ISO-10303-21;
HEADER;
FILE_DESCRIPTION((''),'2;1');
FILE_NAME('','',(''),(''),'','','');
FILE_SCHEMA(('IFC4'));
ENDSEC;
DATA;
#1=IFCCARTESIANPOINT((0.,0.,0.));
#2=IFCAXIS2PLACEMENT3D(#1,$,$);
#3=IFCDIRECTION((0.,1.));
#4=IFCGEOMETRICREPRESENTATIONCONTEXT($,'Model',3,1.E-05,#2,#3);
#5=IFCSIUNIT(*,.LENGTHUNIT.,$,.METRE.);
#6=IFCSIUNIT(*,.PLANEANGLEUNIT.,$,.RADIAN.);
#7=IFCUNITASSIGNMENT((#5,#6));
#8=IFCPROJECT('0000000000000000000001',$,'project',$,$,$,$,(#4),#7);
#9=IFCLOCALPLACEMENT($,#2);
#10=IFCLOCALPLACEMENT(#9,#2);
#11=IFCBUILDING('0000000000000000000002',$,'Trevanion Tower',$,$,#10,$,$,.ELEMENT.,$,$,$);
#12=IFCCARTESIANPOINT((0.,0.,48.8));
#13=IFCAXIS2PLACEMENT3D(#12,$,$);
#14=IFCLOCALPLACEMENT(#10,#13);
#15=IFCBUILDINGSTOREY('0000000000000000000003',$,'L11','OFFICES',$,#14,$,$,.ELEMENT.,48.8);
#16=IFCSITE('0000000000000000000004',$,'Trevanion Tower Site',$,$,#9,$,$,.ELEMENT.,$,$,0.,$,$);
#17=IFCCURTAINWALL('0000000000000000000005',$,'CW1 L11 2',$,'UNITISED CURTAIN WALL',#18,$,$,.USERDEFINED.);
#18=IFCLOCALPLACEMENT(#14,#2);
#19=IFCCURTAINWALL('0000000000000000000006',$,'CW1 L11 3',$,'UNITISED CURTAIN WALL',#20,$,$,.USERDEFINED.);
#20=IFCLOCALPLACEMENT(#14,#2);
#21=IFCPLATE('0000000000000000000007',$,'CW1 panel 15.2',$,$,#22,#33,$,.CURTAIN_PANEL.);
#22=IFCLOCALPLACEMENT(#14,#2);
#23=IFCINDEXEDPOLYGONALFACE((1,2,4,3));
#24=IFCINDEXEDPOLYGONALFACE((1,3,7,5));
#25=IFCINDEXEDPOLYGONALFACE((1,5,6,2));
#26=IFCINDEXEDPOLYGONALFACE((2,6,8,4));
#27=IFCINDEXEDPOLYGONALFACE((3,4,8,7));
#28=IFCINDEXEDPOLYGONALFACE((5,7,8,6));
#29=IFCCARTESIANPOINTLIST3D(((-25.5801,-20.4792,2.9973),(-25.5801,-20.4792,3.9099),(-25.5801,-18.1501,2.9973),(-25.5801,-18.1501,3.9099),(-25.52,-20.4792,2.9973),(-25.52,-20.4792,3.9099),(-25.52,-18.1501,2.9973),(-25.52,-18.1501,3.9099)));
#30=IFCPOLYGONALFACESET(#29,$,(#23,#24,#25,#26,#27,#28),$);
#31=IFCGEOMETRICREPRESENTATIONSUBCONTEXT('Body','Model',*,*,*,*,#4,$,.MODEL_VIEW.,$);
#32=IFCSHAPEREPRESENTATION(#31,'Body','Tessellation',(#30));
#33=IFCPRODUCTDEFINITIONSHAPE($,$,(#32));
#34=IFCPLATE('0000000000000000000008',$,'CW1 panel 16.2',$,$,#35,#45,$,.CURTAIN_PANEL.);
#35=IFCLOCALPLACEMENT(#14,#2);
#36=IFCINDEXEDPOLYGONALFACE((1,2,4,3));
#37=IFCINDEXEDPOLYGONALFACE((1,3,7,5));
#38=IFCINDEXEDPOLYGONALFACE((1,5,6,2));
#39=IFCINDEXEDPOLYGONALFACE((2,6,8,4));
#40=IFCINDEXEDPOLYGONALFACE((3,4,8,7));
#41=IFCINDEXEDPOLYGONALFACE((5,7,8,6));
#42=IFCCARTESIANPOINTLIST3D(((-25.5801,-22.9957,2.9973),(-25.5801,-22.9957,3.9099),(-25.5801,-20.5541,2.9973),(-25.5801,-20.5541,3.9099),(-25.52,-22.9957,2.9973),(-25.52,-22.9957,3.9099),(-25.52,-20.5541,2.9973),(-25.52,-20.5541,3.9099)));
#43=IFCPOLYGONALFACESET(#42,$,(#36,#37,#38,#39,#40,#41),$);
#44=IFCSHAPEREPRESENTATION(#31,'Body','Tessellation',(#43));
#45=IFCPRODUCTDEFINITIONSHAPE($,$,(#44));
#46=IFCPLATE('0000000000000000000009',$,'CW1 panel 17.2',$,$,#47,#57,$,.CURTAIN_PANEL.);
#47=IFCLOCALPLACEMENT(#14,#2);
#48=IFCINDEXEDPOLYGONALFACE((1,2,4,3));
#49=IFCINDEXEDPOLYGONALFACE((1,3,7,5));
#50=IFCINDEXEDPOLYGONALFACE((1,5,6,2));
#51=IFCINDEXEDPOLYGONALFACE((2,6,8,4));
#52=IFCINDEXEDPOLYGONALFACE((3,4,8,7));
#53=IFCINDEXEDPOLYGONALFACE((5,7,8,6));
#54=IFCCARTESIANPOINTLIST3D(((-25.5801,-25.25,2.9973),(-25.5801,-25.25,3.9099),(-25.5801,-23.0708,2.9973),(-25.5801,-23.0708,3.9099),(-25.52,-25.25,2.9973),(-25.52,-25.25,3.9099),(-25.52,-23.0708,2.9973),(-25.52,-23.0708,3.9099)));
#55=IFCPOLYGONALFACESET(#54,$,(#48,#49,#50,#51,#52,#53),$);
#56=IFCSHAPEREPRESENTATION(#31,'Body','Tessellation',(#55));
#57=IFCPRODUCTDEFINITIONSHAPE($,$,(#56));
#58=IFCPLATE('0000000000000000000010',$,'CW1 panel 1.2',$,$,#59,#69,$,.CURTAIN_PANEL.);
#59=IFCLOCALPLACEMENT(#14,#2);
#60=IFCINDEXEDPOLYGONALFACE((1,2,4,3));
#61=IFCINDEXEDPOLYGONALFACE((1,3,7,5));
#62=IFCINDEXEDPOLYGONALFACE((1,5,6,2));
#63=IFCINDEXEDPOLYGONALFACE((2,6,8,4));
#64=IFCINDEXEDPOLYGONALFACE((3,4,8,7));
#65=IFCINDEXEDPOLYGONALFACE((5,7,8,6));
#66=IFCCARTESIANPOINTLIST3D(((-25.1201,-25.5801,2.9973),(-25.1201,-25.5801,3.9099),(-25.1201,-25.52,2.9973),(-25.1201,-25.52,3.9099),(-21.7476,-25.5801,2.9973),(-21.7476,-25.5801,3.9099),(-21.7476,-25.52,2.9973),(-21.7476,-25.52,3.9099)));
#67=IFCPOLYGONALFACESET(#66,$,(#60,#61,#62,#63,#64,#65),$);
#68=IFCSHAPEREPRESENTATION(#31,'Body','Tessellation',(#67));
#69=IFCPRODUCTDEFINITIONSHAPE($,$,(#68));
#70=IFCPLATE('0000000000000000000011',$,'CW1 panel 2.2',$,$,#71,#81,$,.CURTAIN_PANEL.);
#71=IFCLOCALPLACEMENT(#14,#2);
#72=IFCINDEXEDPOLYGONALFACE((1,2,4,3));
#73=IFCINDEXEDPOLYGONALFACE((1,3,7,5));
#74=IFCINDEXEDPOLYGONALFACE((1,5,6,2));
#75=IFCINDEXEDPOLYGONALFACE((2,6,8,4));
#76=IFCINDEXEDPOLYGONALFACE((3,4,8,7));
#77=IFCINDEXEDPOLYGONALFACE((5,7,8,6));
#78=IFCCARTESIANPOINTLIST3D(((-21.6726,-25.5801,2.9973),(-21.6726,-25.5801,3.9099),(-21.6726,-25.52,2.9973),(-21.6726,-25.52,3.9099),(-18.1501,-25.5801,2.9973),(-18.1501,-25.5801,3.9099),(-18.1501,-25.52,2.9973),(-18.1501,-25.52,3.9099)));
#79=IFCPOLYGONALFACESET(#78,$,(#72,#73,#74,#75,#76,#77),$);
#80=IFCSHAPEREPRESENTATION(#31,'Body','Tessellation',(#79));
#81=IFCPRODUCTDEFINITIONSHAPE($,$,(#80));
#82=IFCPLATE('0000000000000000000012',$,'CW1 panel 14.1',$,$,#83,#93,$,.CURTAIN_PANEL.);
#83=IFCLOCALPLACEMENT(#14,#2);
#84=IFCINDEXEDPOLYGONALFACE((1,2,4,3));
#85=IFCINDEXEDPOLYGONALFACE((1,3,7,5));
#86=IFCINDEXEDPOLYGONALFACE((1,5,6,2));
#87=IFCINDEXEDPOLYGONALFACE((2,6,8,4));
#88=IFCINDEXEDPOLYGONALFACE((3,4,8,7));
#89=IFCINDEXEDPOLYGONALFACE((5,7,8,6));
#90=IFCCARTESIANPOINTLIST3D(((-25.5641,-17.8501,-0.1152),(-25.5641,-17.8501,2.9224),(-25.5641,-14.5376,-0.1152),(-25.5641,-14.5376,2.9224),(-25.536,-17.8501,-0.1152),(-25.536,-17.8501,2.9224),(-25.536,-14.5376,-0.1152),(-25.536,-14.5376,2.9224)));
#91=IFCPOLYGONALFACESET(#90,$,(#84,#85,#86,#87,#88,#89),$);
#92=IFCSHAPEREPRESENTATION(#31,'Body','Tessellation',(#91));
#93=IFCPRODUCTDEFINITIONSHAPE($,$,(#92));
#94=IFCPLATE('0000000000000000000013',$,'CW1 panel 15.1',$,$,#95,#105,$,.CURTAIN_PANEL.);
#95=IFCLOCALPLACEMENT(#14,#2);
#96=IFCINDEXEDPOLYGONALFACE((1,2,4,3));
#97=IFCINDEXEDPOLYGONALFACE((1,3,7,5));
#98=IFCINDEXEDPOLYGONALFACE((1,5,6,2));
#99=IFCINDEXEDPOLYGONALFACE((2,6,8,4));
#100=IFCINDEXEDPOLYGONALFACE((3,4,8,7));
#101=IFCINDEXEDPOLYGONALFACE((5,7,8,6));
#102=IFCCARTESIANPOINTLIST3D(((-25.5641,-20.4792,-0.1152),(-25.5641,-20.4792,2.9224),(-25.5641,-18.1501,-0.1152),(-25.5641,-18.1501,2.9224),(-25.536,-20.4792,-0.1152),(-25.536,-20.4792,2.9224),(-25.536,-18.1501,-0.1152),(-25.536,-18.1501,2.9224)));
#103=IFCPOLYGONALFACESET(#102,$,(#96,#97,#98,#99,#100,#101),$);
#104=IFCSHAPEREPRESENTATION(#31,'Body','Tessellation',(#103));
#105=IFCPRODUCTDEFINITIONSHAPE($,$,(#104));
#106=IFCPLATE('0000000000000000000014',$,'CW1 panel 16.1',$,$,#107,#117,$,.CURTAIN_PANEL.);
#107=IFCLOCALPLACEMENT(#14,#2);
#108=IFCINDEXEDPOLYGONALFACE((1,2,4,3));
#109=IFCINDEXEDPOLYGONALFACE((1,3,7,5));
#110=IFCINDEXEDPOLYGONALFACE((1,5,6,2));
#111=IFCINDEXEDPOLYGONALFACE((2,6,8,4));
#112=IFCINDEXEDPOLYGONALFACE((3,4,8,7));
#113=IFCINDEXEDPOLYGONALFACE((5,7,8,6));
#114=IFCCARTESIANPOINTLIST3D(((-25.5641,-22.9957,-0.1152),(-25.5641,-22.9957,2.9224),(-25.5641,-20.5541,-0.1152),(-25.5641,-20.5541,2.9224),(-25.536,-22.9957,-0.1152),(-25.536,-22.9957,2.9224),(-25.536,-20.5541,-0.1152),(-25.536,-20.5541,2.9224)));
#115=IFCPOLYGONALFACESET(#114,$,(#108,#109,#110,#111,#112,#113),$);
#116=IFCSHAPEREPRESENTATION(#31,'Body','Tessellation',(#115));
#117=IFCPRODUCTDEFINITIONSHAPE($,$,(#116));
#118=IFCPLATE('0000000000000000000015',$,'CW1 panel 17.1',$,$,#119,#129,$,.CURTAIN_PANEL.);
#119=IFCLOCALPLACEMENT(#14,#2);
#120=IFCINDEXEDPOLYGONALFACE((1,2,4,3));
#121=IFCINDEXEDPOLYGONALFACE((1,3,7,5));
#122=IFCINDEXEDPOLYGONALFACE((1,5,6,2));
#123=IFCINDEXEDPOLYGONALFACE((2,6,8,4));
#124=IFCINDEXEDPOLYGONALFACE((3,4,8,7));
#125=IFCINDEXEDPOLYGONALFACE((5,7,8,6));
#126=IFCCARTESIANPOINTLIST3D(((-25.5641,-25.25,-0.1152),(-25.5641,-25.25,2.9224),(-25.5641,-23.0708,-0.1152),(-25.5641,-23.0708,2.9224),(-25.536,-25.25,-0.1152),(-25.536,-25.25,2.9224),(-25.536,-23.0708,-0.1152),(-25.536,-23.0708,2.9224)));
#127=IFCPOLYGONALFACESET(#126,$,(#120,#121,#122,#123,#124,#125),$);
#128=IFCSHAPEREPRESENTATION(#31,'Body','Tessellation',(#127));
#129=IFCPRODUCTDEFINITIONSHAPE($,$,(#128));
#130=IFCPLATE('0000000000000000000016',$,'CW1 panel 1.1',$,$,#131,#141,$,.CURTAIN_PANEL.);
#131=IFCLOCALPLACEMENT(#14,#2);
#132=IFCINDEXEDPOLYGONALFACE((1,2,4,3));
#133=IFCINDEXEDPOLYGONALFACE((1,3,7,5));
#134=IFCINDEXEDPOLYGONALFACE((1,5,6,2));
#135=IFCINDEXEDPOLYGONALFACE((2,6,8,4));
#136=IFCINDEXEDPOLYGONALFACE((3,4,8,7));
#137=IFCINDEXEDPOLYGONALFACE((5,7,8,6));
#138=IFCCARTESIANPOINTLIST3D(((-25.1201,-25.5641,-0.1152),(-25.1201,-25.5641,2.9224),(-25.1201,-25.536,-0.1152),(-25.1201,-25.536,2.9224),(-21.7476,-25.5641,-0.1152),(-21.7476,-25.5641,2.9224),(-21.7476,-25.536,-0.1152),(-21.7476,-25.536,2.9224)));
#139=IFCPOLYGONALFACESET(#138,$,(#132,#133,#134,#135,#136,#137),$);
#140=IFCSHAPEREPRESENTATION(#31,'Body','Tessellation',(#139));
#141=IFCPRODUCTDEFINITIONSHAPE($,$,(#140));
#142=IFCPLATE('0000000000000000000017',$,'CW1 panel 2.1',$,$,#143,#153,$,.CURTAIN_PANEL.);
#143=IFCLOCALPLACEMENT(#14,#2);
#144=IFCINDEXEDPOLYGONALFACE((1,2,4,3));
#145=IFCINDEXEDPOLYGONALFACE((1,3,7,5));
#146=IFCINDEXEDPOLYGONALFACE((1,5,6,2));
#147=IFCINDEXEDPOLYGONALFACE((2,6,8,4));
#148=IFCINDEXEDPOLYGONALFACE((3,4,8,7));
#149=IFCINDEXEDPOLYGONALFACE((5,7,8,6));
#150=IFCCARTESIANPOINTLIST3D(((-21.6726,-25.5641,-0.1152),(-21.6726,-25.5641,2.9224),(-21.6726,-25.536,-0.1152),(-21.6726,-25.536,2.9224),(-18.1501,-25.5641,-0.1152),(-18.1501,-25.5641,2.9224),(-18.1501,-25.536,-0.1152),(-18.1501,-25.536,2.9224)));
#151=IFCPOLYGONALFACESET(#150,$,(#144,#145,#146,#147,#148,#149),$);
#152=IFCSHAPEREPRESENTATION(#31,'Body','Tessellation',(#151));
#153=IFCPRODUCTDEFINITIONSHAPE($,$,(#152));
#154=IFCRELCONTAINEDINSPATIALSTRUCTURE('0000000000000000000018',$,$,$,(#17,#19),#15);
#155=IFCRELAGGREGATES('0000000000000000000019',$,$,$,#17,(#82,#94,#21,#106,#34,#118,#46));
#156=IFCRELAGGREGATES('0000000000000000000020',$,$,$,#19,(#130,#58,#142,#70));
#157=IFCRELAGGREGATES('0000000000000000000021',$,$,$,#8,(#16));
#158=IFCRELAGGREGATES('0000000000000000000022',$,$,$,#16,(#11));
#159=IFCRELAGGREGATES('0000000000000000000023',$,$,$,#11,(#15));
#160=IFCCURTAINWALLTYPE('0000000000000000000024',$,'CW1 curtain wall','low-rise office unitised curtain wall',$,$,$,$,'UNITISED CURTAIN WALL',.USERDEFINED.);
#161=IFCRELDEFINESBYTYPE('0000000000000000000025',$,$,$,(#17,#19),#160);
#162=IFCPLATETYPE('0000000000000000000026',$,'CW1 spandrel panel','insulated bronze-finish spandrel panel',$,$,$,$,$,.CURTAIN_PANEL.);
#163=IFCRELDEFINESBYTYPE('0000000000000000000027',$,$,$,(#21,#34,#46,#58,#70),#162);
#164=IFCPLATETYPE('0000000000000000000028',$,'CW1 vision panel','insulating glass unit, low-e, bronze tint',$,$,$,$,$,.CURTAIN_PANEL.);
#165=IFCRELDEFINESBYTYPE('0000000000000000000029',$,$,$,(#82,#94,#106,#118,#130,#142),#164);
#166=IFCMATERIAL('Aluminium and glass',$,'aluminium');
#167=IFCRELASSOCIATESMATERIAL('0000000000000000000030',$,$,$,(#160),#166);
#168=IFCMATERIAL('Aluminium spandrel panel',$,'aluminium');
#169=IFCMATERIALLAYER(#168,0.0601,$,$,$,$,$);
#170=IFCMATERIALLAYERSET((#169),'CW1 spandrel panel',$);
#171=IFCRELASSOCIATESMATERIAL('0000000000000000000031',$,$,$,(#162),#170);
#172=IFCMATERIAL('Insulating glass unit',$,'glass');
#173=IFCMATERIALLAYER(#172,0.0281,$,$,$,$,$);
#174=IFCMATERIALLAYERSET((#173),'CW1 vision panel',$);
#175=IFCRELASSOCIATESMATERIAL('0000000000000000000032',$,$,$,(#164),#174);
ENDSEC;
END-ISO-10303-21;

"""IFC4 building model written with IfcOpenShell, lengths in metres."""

from ifc_helpers import new_model, si_unit, direction, frame, origin, origin_2d, place, context, subcontext, project, spatial, rectangle, extrude, material, layer, layer_set, type_object, element, aggregate, save


model = new_model("IFC4")

# Units and contexts
model_context = context("Model", 3, precision=1e-05, world=origin(), true_north=direction((0.0, 1.0)))
body_context = subcontext(model_context, "Body", "Model", "MODEL_VIEW")
ifc_project = project(units=[si_unit("LENGTHUNIT", "METRE"), si_unit("PLANEANGLEUNIT", "RADIAN")], contexts=[model_context])

# Site, building, storey
site_placement = place(None, origin())
site = spatial("IfcSite", under=ifc_project, at=site_placement, Name="Trevanion Tower Site", CompositionType="ELEMENT", RefElevation=0.0)
building_placement = place(site_placement, origin())
building = spatial("IfcBuilding", under=site, at=building_placement, Name="Trevanion Tower", CompositionType="ELEMENT")
storey_placement = place(building_placement, frame((0.0, 0.0, 48.8)))
storey = spatial("IfcBuildingStorey", under=building, at=storey_placement, Name="L11", Description="OFFICES", CompositionType="ELEMENT", Elevation=48.8)

# Curtain wall
ifc_material_1 = material(Name="Aluminium and glass", Category="aluminium")
curtain_wall_type = type_object("IfcCurtainWallType", Name="CW1 curtain wall", Description="low-rise office unitised curtain wall", ElementType="UNITISED CURTAIN WALL", PredefinedType="USERDEFINED", material=ifc_material_1)
curtain_wall_1_placement = place(storey_placement, origin())
curtain_wall_1 = element("IfcCurtainWall", 1, at=curtain_wall_1_placement, inside=storey, type_object=curtain_wall_type, Name="CW1 L11 2", ObjectType="UNITISED CURTAIN WALL", PredefinedType="USERDEFINED")

# Curtain wall
curtain_wall_2_placement = place(storey_placement, origin())
curtain_wall_2 = element("IfcCurtainWall", 2, at=curtain_wall_2_placement, inside=storey, type_object=curtain_wall_type, Name="CW1 L11 3", ObjectType="UNITISED CURTAIN WALL", PredefinedType="USERDEFINED")

# Plates
ifc_material_2 = material(Name="Aluminium spandrel panel", Category="aluminium")
ifc_layer_1 = layer(ifc_material_2, 0.0601)
ifc_layer_set_1 = layer_set([ifc_layer_1], Name="CW1 spandrel panel")
plate_type_1 = type_object("IfcPlateType", Name="CW1 spandrel panel", Description="insulated bronze-finish spandrel panel", PredefinedType="CURTAIN_PANEL", material=ifc_layer_set_1)
plate_1_placement = place(storey_placement, frame((-25.55, -19.3147, 2.9973), z_axis=(0.0, 0.0, 1.0), x_axis=(0.0, -1.0, 0.0)))
plate_1 = element("IfcPlate", 3, at=plate_1_placement, type_object=plate_type_1, Name="CW1 panel 15.2", PredefinedType="CURTAIN_PANEL", context=body_context, shape_type="SweptSolid", body=[
    extrude(rectangle(XDim=2.3291, YDim=0.0601, at=origin_2d()), origin(), (0.0, 0.0, 1.0), 0.9126),
])
plate_2_placement = place(storey_placement, frame((-25.55, -21.7749, 2.9973), z_axis=(0.0, 0.0, 1.0), x_axis=(0.0, -1.0, 0.0)))
plate_2 = element("IfcPlate", 4, at=plate_2_placement, type_object=plate_type_1, Name="CW1 panel 16.2", PredefinedType="CURTAIN_PANEL", context=body_context, shape_type="SweptSolid", body=[
    extrude(rectangle(XDim=2.4417, YDim=0.0601, at=origin_2d()), origin(), (0.0, 0.0, 1.0), 0.9126),
])
plate_3_placement = place(storey_placement, frame((-25.55, -24.1604, 2.9973), z_axis=(0.0, 0.0, 1.0), x_axis=(0.0, -1.0, 0.0)))
plate_3 = element("IfcPlate", 5, at=plate_3_placement, type_object=plate_type_1, Name="CW1 panel 17.2", PredefinedType="CURTAIN_PANEL", context=body_context, shape_type="SweptSolid", body=[
    extrude(rectangle(XDim=2.1792, YDim=0.0601, at=origin_2d()), origin(), (0.0, 0.0, 1.0), 0.9126),
])
plate_4_placement = place(storey_placement, frame((-23.4338, -25.55, 2.9973), z_axis=(0.0, 0.0, 1.0), x_axis=(1.0, 0.0, 0.0)))
plate_4 = element("IfcPlate", 6, at=plate_4_placement, type_object=plate_type_1, Name="CW1 panel 1.2", PredefinedType="CURTAIN_PANEL", context=body_context, shape_type="SweptSolid", body=[
    extrude(rectangle(XDim=3.3726, YDim=0.0601, at=origin_2d()), origin(), (0.0, 0.0, 1.0), 0.9126),
])
plate_5_placement = place(storey_placement, frame((-19.9114, -25.55, 2.9973), z_axis=(0.0, 0.0, 1.0), x_axis=(1.0, 0.0, 0.0)))
plate_5 = element("IfcPlate", 7, at=plate_5_placement, type_object=plate_type_1, Name="CW1 panel 2.2", PredefinedType="CURTAIN_PANEL", context=body_context, shape_type="SweptSolid", body=[
    extrude(rectangle(XDim=3.5225, YDim=0.0601, at=origin_2d()), origin(), (0.0, 0.0, 1.0), 0.9126),
])
ifc_material_3 = material(Name="Insulating glass unit", Category="glass")
ifc_layer_2 = layer(ifc_material_3, 0.0281)
ifc_layer_set_2 = layer_set([ifc_layer_2], Name="CW1 vision panel")
plate_type_2 = type_object("IfcPlateType", Name="CW1 vision panel", Description="insulating glass unit, low-e, bronze tint", PredefinedType="CURTAIN_PANEL", material=ifc_layer_set_2)
plate_6_placement = place(storey_placement, frame((-25.55, -16.1938, -0.1152), z_axis=(0.0, 0.0, 1.0), x_axis=(0.0, -1.0, 0.0)))
plate_6 = element("IfcPlate", 8, at=plate_6_placement, type_object=plate_type_2, Name="CW1 panel 14.1", PredefinedType="CURTAIN_PANEL", context=body_context, shape_type="SweptSolid", body=[
    extrude(rectangle(XDim=3.3125, YDim=0.0281, at=origin_2d()), origin(), (0.0, 0.0, 1.0), 3.0376),
])
plate_7_placement = place(storey_placement, frame((-25.55, -19.3147, -0.1152), z_axis=(0.0, 0.0, 1.0), x_axis=(0.0, -1.0, 0.0)))
plate_7 = element("IfcPlate", 9, at=plate_7_placement, type_object=plate_type_2, Name="CW1 panel 15.1", PredefinedType="CURTAIN_PANEL", context=body_context, shape_type="SweptSolid", body=[
    extrude(rectangle(XDim=2.3291, YDim=0.0281, at=origin_2d()), origin(), (0.0, 0.0, 1.0), 3.0376),
])
plate_8_placement = place(storey_placement, frame((-25.55, -21.7749, -0.1152), z_axis=(0.0, 0.0, 1.0), x_axis=(0.0, -1.0, 0.0)))
plate_8 = element("IfcPlate", 10, at=plate_8_placement, type_object=plate_type_2, Name="CW1 panel 16.1", PredefinedType="CURTAIN_PANEL", context=body_context, shape_type="SweptSolid", body=[
    extrude(rectangle(XDim=2.4417, YDim=0.0281, at=origin_2d()), origin(), (0.0, 0.0, 1.0), 3.0376),
])
plate_9_placement = place(storey_placement, frame((-25.55, -24.1604, -0.1152), z_axis=(0.0, 0.0, 1.0), x_axis=(0.0, -1.0, 0.0)))
plate_9 = element("IfcPlate", 11, at=plate_9_placement, type_object=plate_type_2, Name="CW1 panel 17.1", PredefinedType="CURTAIN_PANEL", context=body_context, shape_type="SweptSolid", body=[
    extrude(rectangle(XDim=2.1792, YDim=0.0281, at=origin_2d()), origin(), (0.0, 0.0, 1.0), 3.0376),
])
aggregate(curtain_wall_1, [plate_6, plate_7, plate_1, plate_8, plate_2, plate_9, plate_3])
plate_10_placement = place(storey_placement, frame((-23.4338, -25.55, -0.1152), z_axis=(0.0, 0.0, 1.0), x_axis=(1.0, 0.0, 0.0)))
plate_10 = element("IfcPlate", 12, at=plate_10_placement, type_object=plate_type_2, Name="CW1 panel 1.1", PredefinedType="CURTAIN_PANEL", context=body_context, shape_type="SweptSolid", body=[
    extrude(rectangle(XDim=3.3726, YDim=0.0281, at=origin_2d()), origin(), (0.0, 0.0, 1.0), 3.0376),
])
plate_11_placement = place(storey_placement, frame((-19.9114, -25.55, -0.1152), z_axis=(0.0, 0.0, 1.0), x_axis=(1.0, 0.0, 0.0)))
plate_11 = element("IfcPlate", 13, at=plate_11_placement, type_object=plate_type_2, Name="CW1 panel 2.1", PredefinedType="CURTAIN_PANEL", context=body_context, shape_type="SweptSolid", body=[
    extrude(rectangle(XDim=3.5225, YDim=0.0281, at=origin_2d()), origin(), (0.0, 0.0, 1.0), 3.0376),
])
aggregate(curtain_wall_2, [plate_10, plate_4, plate_11, plate_5])

save(model, "model.ifc")
